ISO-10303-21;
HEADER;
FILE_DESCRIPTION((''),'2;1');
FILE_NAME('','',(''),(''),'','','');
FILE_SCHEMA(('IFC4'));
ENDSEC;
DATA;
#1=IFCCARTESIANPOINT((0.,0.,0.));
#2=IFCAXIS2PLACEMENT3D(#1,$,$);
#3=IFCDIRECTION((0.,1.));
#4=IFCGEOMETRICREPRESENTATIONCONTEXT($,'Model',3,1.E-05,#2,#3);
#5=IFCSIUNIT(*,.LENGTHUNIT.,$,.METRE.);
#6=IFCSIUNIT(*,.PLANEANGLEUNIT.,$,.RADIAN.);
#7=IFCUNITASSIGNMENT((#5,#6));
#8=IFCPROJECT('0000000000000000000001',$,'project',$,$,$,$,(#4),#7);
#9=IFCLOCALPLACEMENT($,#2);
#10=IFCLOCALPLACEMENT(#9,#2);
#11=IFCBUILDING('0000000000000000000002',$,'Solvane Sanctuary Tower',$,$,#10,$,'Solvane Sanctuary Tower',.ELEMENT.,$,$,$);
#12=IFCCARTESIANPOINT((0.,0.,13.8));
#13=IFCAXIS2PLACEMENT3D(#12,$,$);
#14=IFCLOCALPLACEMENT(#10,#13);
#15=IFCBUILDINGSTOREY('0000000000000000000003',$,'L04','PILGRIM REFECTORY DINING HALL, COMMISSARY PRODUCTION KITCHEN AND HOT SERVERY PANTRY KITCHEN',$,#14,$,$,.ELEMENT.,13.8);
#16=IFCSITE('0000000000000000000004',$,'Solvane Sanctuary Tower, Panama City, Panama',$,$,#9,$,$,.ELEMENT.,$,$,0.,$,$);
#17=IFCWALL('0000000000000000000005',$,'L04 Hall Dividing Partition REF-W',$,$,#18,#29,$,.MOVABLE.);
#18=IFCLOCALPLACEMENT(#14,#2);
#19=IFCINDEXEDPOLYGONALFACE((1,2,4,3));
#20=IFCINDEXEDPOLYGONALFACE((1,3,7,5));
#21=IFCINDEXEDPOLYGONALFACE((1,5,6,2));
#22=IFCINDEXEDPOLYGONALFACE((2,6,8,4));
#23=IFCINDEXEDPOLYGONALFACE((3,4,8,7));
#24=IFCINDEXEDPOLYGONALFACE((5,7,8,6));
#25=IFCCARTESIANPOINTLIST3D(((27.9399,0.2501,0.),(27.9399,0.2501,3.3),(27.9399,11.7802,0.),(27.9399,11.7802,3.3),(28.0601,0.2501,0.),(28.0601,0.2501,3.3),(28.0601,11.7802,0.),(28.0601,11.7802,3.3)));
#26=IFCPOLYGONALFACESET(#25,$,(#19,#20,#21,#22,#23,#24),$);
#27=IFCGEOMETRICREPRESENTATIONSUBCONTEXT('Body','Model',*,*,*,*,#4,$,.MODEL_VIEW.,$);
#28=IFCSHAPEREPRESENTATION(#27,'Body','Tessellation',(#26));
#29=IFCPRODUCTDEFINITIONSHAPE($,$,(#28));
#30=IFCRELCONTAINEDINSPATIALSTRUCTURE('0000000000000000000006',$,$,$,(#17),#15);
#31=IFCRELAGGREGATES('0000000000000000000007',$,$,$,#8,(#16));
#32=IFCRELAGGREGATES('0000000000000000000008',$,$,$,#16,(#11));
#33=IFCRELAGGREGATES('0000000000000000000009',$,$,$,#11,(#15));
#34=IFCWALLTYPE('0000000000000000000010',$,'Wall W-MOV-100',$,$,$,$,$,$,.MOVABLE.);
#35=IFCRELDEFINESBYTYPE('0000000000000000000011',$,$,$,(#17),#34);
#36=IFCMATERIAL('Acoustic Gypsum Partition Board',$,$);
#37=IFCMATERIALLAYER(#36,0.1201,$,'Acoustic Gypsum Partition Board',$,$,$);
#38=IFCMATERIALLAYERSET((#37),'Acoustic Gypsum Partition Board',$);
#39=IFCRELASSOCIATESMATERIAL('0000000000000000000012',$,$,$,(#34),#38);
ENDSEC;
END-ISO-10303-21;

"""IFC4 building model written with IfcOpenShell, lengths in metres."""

from ifc_helpers import new_model, si_unit, direction, frame, frame_2d, origin, place, context, subcontext, project, spatial, rectangle, extrude, material, layer, layer_set, type_object, element, save


model = new_model("IFC4")

# Units and contexts
model_context = context("Model", 3, precision=1e-05, world=origin(), true_north=direction((0.0, 1.0)))
body_context = subcontext(model_context, "Body", "Model", "MODEL_VIEW")
ifc_project = project(units=[si_unit("LENGTHUNIT", "METRE"), si_unit("PLANEANGLEUNIT", "RADIAN")], contexts=[model_context])

# Site, building, storey
site_placement = place(None, origin())
site = spatial("IfcSite", under=ifc_project, at=site_placement, Name="Solvane Sanctuary Tower, Panama City, Panama", CompositionType="ELEMENT", RefElevation=0.0)
building_placement = place(site_placement, origin())
building = spatial("IfcBuilding", under=site, at=building_placement, Name="Solvane Sanctuary Tower", LongName="Solvane Sanctuary Tower", CompositionType="ELEMENT")
storey_placement = place(building_placement, frame((0.0, 0.0, 13.8)))
storey = spatial("IfcBuildingStorey", under=building, at=storey_placement, Name="L04", Description="PILGRIM REFECTORY DINING HALL, COMMISSARY PRODUCTION KITCHEN AND HOT SERVERY PANTRY KITCHEN", CompositionType="ELEMENT", Elevation=13.8)

# Wall
ifc_material_1 = material(Name="Acoustic Gypsum Partition Board")
ifc_layer_1 = layer(ifc_material_1, 0.1201, Name="Acoustic Gypsum Partition Board")
ifc_layer_set_1 = layer_set([ifc_layer_1], Name="Acoustic Gypsum Partition Board")
wall_type = type_object("IfcWallType", Name="Wall W-MOV-100", PredefinedType="MOVABLE", material=ifc_layer_set_1)
wall_placement = place(storey_placement, frame((28.0, 0.25, 0.0), z_axis=(0.0, 0.0, 1.0), x_axis=(0.0, 1.0, 0.0)))
element("IfcWall", 1, at=wall_placement, inside=storey, type_object=wall_type, Name="L04 Hall Dividing Partition REF-W", PredefinedType="MOVABLE", context=body_context, shape_type="SweptSolid", body=[
    extrude(rectangle(XDim=11.53, YDim=0.1201, at=frame_2d((5.7651, 0.0))), origin(), (0.0, 0.0, 1.0), 3.3),
])

save(model, "model.ifc")
